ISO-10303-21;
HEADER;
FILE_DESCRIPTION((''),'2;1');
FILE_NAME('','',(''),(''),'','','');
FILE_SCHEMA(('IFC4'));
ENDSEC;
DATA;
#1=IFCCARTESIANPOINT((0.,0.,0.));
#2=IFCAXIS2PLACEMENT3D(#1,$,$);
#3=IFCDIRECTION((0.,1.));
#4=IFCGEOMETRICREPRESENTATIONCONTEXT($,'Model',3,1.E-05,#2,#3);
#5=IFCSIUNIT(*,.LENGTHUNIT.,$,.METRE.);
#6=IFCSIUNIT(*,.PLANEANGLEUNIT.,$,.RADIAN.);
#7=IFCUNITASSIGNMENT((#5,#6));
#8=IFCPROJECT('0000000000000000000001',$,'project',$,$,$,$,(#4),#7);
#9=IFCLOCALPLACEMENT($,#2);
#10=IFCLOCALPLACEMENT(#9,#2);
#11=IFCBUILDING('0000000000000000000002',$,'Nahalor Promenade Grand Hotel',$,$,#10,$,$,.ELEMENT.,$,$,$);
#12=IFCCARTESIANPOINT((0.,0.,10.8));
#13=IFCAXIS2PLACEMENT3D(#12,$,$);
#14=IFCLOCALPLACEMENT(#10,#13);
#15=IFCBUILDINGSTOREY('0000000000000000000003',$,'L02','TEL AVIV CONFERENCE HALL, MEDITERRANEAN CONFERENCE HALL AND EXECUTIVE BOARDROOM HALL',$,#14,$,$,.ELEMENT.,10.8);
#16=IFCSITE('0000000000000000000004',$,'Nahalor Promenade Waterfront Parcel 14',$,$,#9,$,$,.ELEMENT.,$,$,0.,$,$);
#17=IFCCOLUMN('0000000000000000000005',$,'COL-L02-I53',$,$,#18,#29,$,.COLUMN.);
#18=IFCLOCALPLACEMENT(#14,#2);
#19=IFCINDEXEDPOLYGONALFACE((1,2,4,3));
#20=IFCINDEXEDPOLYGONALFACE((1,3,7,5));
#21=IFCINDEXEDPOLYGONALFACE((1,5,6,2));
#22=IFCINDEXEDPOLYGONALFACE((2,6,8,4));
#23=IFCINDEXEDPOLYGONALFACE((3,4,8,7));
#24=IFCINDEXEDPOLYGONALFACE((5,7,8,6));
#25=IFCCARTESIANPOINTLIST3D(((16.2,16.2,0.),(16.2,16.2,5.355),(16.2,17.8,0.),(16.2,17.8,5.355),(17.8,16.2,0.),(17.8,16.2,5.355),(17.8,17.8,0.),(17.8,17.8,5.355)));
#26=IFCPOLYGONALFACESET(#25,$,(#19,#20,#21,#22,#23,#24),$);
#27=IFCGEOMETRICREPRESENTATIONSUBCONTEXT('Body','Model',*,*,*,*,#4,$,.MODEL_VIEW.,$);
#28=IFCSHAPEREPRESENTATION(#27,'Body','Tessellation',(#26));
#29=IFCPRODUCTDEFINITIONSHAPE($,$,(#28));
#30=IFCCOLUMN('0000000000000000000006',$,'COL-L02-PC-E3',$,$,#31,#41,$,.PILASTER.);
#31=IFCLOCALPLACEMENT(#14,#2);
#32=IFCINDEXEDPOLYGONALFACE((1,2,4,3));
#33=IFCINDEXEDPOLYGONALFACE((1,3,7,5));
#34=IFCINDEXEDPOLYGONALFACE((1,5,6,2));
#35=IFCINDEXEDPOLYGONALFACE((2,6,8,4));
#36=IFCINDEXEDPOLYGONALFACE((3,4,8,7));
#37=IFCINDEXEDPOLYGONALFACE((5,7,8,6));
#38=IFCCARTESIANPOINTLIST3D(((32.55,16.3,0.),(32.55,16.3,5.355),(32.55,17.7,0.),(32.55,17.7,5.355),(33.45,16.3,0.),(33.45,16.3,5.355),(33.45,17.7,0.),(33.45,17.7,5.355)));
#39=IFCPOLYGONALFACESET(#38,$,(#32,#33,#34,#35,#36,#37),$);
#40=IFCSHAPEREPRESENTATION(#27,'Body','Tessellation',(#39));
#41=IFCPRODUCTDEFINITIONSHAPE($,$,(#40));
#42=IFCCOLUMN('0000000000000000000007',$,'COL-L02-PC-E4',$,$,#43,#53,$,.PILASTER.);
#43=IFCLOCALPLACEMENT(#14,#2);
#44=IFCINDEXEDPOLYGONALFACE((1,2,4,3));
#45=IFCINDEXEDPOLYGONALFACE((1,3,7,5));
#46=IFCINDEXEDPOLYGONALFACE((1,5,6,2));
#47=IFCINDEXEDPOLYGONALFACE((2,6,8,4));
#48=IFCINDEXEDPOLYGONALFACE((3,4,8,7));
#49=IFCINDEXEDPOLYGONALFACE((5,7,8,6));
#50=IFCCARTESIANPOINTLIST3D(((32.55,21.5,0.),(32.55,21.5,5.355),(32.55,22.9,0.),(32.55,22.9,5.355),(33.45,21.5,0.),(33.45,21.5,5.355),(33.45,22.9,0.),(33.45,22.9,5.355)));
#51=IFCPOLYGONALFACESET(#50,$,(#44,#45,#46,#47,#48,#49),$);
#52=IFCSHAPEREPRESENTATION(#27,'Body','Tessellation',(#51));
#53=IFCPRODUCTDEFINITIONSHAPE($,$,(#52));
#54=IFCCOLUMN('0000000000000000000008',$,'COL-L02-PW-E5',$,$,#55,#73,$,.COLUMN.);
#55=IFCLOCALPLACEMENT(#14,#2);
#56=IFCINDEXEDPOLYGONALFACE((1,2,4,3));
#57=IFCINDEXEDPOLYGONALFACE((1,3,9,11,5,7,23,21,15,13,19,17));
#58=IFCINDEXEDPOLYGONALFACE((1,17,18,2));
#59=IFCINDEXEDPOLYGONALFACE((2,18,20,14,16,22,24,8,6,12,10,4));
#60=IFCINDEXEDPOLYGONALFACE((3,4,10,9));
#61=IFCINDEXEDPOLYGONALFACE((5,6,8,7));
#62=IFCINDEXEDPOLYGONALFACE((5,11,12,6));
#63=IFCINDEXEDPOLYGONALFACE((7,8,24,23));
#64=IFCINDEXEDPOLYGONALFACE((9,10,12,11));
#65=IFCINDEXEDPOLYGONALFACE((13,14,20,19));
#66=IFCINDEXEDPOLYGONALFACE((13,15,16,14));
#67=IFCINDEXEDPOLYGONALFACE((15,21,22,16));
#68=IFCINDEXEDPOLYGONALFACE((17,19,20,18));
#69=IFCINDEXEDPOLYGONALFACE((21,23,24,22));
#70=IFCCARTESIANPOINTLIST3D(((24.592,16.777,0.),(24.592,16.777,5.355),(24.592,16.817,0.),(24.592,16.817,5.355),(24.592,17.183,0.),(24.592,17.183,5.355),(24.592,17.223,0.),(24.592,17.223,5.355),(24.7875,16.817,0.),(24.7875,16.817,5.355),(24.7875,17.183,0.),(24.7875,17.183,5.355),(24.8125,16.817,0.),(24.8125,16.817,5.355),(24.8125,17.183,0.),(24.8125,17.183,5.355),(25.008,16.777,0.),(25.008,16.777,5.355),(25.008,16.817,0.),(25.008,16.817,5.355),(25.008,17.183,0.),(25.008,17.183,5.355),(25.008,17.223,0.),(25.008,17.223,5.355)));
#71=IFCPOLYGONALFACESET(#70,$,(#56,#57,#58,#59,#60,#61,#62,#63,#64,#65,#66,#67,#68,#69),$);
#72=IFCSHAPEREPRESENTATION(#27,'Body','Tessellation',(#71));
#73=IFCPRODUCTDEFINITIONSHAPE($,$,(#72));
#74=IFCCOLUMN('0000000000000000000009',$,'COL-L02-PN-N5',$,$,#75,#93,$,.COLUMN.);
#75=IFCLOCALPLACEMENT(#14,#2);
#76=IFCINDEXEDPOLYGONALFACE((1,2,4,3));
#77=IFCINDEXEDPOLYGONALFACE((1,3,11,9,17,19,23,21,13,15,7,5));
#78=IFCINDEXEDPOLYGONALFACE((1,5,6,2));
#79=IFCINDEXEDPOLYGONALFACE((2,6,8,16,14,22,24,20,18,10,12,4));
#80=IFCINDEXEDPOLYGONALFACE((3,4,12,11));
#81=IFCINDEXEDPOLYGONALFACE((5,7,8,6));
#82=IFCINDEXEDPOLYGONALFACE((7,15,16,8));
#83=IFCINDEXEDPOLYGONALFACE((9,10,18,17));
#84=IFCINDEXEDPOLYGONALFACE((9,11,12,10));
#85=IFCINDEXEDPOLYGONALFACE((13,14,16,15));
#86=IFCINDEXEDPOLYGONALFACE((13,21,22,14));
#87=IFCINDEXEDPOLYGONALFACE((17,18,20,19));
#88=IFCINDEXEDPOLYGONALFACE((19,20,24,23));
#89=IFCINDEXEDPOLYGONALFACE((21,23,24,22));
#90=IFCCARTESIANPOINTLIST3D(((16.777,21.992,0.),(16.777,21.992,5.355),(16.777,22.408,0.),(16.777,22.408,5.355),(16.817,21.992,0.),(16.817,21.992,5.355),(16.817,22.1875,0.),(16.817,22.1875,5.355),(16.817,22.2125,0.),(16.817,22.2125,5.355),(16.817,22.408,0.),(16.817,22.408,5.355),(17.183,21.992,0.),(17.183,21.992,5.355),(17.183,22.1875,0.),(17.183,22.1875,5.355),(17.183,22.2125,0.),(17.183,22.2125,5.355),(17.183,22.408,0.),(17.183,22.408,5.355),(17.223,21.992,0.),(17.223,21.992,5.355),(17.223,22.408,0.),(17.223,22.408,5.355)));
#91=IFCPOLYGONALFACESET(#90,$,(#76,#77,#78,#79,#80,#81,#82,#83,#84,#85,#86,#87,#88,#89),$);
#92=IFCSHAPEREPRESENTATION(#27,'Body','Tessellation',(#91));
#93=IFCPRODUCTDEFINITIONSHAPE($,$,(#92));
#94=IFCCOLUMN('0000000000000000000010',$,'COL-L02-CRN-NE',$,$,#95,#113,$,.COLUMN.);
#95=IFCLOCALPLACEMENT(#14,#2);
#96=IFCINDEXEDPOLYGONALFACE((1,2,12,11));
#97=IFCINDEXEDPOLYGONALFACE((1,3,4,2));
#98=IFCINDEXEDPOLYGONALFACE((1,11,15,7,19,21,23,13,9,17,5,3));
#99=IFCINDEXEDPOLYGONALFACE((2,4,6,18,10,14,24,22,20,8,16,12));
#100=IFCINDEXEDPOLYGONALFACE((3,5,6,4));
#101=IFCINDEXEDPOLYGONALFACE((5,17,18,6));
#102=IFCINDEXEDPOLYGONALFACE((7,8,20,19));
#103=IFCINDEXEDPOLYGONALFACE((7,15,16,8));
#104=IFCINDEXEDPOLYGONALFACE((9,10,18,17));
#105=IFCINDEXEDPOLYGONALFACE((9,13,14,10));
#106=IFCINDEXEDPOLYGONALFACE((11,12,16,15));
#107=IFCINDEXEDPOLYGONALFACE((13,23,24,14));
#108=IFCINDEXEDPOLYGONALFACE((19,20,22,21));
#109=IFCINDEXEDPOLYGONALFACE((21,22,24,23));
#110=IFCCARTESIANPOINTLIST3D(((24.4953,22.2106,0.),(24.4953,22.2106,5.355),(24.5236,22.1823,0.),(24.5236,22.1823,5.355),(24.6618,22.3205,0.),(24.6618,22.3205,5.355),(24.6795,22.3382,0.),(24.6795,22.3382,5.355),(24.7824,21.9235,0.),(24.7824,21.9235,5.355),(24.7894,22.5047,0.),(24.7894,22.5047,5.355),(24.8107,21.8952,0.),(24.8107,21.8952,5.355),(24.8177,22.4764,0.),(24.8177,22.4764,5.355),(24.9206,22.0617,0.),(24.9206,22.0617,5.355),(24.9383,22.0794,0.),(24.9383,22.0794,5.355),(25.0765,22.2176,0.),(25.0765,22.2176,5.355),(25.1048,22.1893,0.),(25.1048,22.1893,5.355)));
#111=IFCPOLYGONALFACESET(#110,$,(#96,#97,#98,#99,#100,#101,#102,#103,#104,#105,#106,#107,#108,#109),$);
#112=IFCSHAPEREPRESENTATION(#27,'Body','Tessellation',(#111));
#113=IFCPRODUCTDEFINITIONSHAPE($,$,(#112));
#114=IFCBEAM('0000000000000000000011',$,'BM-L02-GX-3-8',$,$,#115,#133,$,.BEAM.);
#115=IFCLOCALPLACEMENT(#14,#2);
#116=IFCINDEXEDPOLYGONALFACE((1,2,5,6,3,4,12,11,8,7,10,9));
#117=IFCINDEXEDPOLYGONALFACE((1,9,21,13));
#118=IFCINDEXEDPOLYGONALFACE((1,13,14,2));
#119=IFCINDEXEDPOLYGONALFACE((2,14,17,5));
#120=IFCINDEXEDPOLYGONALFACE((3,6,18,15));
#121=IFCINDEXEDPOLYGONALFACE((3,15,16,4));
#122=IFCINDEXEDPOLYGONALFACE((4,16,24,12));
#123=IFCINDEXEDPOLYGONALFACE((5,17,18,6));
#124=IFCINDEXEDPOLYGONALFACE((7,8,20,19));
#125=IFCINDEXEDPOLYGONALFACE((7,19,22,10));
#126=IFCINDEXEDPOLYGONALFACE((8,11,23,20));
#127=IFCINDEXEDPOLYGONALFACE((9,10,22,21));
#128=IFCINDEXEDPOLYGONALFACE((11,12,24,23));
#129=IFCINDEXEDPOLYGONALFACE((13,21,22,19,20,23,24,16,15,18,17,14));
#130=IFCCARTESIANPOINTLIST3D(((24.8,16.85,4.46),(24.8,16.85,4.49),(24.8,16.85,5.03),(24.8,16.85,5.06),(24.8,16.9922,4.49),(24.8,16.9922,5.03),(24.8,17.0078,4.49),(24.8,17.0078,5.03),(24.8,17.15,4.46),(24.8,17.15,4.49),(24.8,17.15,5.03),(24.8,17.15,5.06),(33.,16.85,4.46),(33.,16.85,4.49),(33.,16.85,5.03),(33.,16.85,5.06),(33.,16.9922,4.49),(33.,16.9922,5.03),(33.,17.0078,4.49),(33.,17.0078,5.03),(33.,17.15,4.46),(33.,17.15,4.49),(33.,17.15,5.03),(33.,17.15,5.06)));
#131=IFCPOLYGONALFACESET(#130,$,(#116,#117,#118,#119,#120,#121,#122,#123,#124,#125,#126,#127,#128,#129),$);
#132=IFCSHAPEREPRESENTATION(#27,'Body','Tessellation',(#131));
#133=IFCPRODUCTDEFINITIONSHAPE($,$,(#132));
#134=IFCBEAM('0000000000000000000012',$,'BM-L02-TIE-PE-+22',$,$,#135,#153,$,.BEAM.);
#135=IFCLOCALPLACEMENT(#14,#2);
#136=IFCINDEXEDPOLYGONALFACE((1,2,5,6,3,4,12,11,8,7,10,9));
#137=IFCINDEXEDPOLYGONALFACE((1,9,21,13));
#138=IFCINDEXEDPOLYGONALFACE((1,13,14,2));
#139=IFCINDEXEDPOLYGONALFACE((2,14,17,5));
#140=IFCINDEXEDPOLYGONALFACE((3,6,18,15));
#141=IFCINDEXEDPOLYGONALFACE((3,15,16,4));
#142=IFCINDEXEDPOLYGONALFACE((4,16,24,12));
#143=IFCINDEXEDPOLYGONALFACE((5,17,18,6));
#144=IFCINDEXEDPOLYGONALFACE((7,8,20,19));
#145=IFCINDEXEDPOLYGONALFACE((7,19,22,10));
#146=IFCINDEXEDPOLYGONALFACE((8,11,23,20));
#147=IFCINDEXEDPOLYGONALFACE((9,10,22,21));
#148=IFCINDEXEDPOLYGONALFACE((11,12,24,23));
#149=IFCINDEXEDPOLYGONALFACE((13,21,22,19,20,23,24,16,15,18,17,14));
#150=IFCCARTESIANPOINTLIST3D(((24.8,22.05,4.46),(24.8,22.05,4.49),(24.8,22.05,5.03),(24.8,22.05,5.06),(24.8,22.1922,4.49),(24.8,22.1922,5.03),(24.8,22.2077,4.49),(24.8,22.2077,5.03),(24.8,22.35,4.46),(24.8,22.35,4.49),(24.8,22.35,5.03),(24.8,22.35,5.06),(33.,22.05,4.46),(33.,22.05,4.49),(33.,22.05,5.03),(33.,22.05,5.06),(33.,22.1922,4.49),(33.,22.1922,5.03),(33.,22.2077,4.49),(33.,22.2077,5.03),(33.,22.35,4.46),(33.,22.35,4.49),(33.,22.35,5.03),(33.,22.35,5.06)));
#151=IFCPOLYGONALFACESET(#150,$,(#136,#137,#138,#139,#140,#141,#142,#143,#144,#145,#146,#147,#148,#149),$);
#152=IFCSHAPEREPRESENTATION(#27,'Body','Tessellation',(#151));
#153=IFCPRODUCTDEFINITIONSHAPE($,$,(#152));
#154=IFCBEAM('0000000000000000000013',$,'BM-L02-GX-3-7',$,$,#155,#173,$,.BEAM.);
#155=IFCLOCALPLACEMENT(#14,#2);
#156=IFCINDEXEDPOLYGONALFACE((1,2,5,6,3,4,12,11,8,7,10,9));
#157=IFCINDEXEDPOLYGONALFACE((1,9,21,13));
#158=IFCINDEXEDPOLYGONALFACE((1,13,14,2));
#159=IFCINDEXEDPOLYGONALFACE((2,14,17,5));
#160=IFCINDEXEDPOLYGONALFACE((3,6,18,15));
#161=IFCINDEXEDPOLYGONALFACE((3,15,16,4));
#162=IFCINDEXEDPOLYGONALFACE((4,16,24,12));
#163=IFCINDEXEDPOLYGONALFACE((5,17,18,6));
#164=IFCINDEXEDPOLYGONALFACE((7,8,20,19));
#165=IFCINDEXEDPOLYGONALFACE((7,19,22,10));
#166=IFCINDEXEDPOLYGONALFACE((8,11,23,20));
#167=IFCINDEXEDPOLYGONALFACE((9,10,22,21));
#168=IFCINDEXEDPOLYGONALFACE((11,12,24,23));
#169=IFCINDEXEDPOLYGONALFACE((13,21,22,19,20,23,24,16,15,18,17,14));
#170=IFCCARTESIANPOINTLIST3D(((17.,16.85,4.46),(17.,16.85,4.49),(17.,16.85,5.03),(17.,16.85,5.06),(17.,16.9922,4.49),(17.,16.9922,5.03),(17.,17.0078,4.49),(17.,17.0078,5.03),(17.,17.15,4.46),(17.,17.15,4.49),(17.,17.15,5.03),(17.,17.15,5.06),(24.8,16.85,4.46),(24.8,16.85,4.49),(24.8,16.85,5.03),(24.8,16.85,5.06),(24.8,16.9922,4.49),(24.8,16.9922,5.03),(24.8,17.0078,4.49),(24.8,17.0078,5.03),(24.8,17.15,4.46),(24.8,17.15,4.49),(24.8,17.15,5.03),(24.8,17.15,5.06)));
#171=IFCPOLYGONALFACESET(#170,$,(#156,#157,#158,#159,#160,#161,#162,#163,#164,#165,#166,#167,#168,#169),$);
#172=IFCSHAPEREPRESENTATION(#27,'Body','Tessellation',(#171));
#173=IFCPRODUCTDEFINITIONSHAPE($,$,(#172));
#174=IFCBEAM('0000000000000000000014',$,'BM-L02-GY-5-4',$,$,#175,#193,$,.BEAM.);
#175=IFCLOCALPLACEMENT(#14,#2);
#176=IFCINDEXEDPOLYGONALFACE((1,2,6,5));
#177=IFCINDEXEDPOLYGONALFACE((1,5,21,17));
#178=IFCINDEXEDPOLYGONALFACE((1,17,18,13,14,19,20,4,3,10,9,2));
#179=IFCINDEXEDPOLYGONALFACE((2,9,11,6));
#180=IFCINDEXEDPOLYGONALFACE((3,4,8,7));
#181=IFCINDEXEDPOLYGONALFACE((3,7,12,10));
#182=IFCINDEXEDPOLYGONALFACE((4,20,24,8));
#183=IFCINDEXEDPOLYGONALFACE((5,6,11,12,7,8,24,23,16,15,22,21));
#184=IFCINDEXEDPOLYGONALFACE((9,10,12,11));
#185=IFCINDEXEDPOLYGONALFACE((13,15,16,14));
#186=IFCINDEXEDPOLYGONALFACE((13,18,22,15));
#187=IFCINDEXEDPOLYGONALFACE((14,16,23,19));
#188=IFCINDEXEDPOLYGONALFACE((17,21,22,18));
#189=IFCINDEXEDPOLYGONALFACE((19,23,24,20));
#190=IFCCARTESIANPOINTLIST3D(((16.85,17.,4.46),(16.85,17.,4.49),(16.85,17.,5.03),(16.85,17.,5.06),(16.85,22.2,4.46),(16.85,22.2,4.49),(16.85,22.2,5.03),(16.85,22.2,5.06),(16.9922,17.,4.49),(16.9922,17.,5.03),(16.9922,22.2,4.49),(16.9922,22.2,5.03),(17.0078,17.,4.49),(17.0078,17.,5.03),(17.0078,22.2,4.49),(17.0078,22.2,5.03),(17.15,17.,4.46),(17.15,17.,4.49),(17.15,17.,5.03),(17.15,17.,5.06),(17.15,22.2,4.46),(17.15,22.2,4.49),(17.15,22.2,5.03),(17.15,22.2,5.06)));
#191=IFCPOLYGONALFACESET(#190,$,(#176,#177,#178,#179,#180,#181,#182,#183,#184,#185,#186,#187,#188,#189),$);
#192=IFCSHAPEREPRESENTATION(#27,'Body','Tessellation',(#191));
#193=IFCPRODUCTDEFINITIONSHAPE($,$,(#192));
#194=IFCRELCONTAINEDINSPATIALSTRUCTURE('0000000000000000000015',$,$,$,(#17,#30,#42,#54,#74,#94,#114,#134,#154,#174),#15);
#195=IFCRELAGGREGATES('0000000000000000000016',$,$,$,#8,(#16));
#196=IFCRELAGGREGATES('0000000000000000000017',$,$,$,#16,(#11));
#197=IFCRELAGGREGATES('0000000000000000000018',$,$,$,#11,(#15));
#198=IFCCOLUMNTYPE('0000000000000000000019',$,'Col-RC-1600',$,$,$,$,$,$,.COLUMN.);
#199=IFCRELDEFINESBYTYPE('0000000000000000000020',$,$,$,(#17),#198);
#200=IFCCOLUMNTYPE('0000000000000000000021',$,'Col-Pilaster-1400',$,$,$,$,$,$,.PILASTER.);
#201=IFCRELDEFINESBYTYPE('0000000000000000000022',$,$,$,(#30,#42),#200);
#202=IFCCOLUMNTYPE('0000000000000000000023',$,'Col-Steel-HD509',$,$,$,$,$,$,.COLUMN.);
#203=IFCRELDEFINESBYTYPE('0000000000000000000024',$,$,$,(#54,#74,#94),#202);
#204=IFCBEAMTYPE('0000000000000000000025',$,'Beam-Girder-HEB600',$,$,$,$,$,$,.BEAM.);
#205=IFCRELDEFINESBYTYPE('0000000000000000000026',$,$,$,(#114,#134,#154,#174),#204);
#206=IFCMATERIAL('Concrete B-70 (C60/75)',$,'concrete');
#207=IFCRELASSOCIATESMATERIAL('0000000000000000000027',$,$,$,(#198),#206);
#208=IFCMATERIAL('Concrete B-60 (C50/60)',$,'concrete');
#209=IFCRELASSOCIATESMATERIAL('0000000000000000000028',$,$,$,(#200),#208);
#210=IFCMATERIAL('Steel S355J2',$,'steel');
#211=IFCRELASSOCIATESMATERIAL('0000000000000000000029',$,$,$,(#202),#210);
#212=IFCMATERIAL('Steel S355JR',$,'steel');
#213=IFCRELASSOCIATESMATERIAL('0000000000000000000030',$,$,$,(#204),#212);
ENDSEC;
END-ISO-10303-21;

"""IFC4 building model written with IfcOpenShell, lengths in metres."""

from ifc_helpers import new_model, si_unit, direction, frame, origin, origin_2d, place, context, subcontext, project, spatial, rectangle, i_section, extrude, source, transform, mapped, material, material_profile, profile_set, type_object, element, save


model = new_model("IFC4")

# Units and contexts
model_context = context("Model", 3, precision=1e-05, world=origin(), true_north=direction((0.0, 1.0)))
body_context = subcontext(model_context, "Body", "Model", "MODEL_VIEW")
ifc_project = project(units=[si_unit("LENGTHUNIT", "METRE"), si_unit("PLANEANGLEUNIT", "RADIAN")], contexts=[model_context])

# Site, building, storey
site_placement = place(None, origin())
site = spatial("IfcSite", under=ifc_project, at=site_placement, Name="Nahalor Promenade Waterfront Parcel 14", CompositionType="ELEMENT", RefElevation=0.0)
building_placement = place(site_placement, origin())
building = spatial("IfcBuilding", under=site, at=building_placement, Name="Nahalor Promenade Grand Hotel", CompositionType="ELEMENT")
storey_placement = place(building_placement, frame((0.0, 0.0, 10.8)))
storey = spatial("IfcBuildingStorey", under=building, at=storey_placement, Name="L02", Description="TEL AVIV CONFERENCE HALL, MEDITERRANEAN CONFERENCE HALL AND EXECUTIVE BOARDROOM HALL", CompositionType="ELEMENT", Elevation=10.8)

# Columns
ifc_material_1 = material(Name="Concrete B-70 (C60/75)", Category="concrete")
ifc_material_profile_1 = material_profile(ifc_material_1, rectangle(XDim=1.6, YDim=1.6, at=origin_2d()), Name="RC 1600x1600")
ifc_profile_set_1 = profile_set([ifc_material_profile_1], Name="Concrete B-70 (C60/75)")
column_type_1 = type_object("IfcColumnType", Name="Col-RC-1600", PredefinedType="COLUMN", material=ifc_profile_set_1)
shared_shape_1 = source(origin(), body_context, "Body", "SweptSolid", [
    extrude(rectangle(XDim=1.6, YDim=1.6, at=origin_2d()), origin(), (0.0, 0.0, 1.0), 5.355),
])
column_placement = place(storey_placement, frame((17.0, 17.0, 0.0), z_axis=(0.0, 0.0, 1.0), x_axis=(1.0, 0.0, 0.0)))
element("IfcColumn", 1, at=column_placement, inside=storey, type_object=column_type_1, Name="COL-L02-I53", PredefinedType="COLUMN", context=body_context, shape_type="MappedRepresentation", body=[
    mapped(shared_shape_1, transform((0.0, 0.0, 0.0), scale=1.0)),
])
ifc_material_2 = material(Name="Concrete B-60 (C50/60)", Category="concrete")
ifc_material_profile_2 = material_profile(ifc_material_2, rectangle(XDim=0.9, YDim=1.4, at=origin_2d()), Name="RC 900x1400")
ifc_profile_set_2 = profile_set([ifc_material_profile_2], Name="Concrete B-60 (C50/60)")
column_type_2 = type_object("IfcColumnType", Name="Col-Pilaster-1400", PredefinedType="PILASTER", material=ifc_profile_set_2)
shared_shape_2 = source(origin(), body_context, "Body", "SweptSolid", [
    extrude(rectangle(XDim=0.9, YDim=1.4, at=origin_2d()), origin(), (0.0, 0.0, 1.0), 5.355),
])
for number, where, z_axis, x_axis, name in (
    (2, (33.0, 17.0, 0.0), (0.0, 0.0, 1.0), (1.0, 0.0, 0.0), "COL-L02-PC-E3"),
    (3, (33.0, 22.2, 0.0), (0.0, 0.0, 1.0), (1.0, 0.0, 0.0), "COL-L02-PC-E4"),
):
    element("IfcColumn", number, at=place(storey_placement, frame(where, z_axis=z_axis, x_axis=x_axis)), inside=storey, type_object=column_type_2, Name=name, PredefinedType="PILASTER", context=body_context, shape_type="MappedRepresentation", body=[
        mapped(shared_shape_2, transform((0.0, 0.0, 0.0), scale=1.0)),
    ])
ifc_material_3 = material(Name="Steel S355J2", Category="steel")
ifc_material_profile_3 = material_profile(ifc_material_3, i_section(OverallWidth=0.416, OverallDepth=0.446, WebThickness=0.025, FlangeThickness=0.04, at=origin_2d()), Name="HD 400x509")
ifc_profile_set_3 = profile_set([ifc_material_profile_3], Name="Steel S355J2")
column_type_3 = type_object("IfcColumnType", Name="Col-Steel-HD509", PredefinedType="COLUMN", material=ifc_profile_set_3)
shared_shape_3 = source(origin(), body_context, "Body", "SweptSolid", [
    extrude(i_section(OverallWidth=0.416, OverallDepth=0.446, WebThickness=0.025, FlangeThickness=0.04, at=origin_2d()), origin(), (0.0, 0.0, 1.0), 5.355),
])
for number, where, z_axis, x_axis, name in (
    (4, (24.8, 17.0, 0.0), (0.0, 0.0, 1.0), (1.0, 0.0, 0.0), "COL-L02-PW-E5"),
    (5, (17.0, 22.2, 0.0), (0.0, 0.0, 1.0), (0.0, 1.0, 0.0), "COL-L02-PN-N5"),
    (6, (24.8, 22.2, 0.0), (0.0, 0.0, 1.0), (0.707107, 0.707107, 0.0), "COL-L02-CRN-NE"),
):
    element("IfcColumn", number, at=place(storey_placement, frame(where, z_axis=z_axis, x_axis=x_axis)), inside=storey, type_object=column_type_3, Name=name, PredefinedType="COLUMN", context=body_context, shape_type="MappedRepresentation", body=[
        mapped(shared_shape_3, transform((0.0, 0.0, 0.0), scale=1.0)),
    ])

# Beams
ifc_material_4 = material(Name="Steel S355JR", Category="steel")
ifc_material_profile_4 = material_profile(ifc_material_4, i_section(OverallWidth=0.3, OverallDepth=0.6, WebThickness=0.0155, FlangeThickness=0.03, at=origin_2d()), Name="HEB 600")
ifc_profile_set_4 = profile_set([ifc_material_profile_4], Name="Steel S355JR")
beam_type_1 = type_object("IfcBeamType", Name="Beam-Girder-HEB600", PredefinedType="BEAM", material=ifc_profile_set_4)
shared_shape_4 = source(origin(), body_context, "Body", "SweptSolid", [
    extrude(i_section(OverallWidth=0.3, OverallDepth=0.6, WebThickness=0.0155, FlangeThickness=0.03, at=origin_2d()), origin(), (0.0, 0.0, 1.0), 8.2),
])
for number, where, z_axis, x_axis, name in (
    (7, (24.8, 17.0, 4.76), (1.0, 0.0, 0.0), (0.0, 1.0, 0.0), "BM-L02-GX-3-8"),
    (8, (24.8, 22.2, 4.76), (1.0, 0.0, 0.0), (0.0, 1.0, 0.0), "BM-L02-TIE-PE-+22"),
):
    element("IfcBeam", number, at=place(storey_placement, frame(where, z_axis=z_axis, x_axis=x_axis)), inside=storey, type_object=beam_type_1, Name=name, PredefinedType="BEAM", context=body_context, shape_type="MappedRepresentation", body=[
        mapped(shared_shape_4, transform((0.0, 0.0, 0.0), scale=1.0)),
    ])
shared_shape_5 = source(origin(), body_context, "Body", "SweptSolid", [
    extrude(i_section(OverallWidth=0.3, OverallDepth=0.6, WebThickness=0.0155, FlangeThickness=0.03, at=origin_2d()), origin(), (0.0, 0.0, 1.0), 7.8),
])
beam_1_placement = place(storey_placement, frame((17.0, 17.0, 4.76), z_axis=(1.0, 0.0, 0.0), x_axis=(0.0, 1.0, 0.0)))
element("IfcBeam", 9, at=beam_1_placement, inside=storey, type_object=beam_type_1, Name="BM-L02-GX-3-7", PredefinedType="BEAM", context=body_context, shape_type="MappedRepresentation", body=[
    mapped(shared_shape_5, transform((0.0, 0.0, 0.0), scale=1.0)),
])
shared_shape_6 = source(origin(), body_context, "Body", "SweptSolid", [
    extrude(i_section(OverallWidth=0.3, OverallDepth=0.6, WebThickness=0.0155, FlangeThickness=0.03, at=origin_2d()), origin(), (0.0, 0.0, 1.0), 5.2),
])
beam_2_placement = place(storey_placement, frame((17.0, 17.0, 4.76), z_axis=(0.0, 1.0, 0.0), x_axis=(-1.0, 0.0, 0.0)))
element("IfcBeam", 10, at=beam_2_placement, inside=storey, type_object=beam_type_1, Name="BM-L02-GY-5-4", PredefinedType="BEAM", context=body_context, shape_type="MappedRepresentation", body=[
    mapped(shared_shape_6, transform((0.0, 0.0, 0.0), scale=1.0)),
])

save(model, "model.ifc")
